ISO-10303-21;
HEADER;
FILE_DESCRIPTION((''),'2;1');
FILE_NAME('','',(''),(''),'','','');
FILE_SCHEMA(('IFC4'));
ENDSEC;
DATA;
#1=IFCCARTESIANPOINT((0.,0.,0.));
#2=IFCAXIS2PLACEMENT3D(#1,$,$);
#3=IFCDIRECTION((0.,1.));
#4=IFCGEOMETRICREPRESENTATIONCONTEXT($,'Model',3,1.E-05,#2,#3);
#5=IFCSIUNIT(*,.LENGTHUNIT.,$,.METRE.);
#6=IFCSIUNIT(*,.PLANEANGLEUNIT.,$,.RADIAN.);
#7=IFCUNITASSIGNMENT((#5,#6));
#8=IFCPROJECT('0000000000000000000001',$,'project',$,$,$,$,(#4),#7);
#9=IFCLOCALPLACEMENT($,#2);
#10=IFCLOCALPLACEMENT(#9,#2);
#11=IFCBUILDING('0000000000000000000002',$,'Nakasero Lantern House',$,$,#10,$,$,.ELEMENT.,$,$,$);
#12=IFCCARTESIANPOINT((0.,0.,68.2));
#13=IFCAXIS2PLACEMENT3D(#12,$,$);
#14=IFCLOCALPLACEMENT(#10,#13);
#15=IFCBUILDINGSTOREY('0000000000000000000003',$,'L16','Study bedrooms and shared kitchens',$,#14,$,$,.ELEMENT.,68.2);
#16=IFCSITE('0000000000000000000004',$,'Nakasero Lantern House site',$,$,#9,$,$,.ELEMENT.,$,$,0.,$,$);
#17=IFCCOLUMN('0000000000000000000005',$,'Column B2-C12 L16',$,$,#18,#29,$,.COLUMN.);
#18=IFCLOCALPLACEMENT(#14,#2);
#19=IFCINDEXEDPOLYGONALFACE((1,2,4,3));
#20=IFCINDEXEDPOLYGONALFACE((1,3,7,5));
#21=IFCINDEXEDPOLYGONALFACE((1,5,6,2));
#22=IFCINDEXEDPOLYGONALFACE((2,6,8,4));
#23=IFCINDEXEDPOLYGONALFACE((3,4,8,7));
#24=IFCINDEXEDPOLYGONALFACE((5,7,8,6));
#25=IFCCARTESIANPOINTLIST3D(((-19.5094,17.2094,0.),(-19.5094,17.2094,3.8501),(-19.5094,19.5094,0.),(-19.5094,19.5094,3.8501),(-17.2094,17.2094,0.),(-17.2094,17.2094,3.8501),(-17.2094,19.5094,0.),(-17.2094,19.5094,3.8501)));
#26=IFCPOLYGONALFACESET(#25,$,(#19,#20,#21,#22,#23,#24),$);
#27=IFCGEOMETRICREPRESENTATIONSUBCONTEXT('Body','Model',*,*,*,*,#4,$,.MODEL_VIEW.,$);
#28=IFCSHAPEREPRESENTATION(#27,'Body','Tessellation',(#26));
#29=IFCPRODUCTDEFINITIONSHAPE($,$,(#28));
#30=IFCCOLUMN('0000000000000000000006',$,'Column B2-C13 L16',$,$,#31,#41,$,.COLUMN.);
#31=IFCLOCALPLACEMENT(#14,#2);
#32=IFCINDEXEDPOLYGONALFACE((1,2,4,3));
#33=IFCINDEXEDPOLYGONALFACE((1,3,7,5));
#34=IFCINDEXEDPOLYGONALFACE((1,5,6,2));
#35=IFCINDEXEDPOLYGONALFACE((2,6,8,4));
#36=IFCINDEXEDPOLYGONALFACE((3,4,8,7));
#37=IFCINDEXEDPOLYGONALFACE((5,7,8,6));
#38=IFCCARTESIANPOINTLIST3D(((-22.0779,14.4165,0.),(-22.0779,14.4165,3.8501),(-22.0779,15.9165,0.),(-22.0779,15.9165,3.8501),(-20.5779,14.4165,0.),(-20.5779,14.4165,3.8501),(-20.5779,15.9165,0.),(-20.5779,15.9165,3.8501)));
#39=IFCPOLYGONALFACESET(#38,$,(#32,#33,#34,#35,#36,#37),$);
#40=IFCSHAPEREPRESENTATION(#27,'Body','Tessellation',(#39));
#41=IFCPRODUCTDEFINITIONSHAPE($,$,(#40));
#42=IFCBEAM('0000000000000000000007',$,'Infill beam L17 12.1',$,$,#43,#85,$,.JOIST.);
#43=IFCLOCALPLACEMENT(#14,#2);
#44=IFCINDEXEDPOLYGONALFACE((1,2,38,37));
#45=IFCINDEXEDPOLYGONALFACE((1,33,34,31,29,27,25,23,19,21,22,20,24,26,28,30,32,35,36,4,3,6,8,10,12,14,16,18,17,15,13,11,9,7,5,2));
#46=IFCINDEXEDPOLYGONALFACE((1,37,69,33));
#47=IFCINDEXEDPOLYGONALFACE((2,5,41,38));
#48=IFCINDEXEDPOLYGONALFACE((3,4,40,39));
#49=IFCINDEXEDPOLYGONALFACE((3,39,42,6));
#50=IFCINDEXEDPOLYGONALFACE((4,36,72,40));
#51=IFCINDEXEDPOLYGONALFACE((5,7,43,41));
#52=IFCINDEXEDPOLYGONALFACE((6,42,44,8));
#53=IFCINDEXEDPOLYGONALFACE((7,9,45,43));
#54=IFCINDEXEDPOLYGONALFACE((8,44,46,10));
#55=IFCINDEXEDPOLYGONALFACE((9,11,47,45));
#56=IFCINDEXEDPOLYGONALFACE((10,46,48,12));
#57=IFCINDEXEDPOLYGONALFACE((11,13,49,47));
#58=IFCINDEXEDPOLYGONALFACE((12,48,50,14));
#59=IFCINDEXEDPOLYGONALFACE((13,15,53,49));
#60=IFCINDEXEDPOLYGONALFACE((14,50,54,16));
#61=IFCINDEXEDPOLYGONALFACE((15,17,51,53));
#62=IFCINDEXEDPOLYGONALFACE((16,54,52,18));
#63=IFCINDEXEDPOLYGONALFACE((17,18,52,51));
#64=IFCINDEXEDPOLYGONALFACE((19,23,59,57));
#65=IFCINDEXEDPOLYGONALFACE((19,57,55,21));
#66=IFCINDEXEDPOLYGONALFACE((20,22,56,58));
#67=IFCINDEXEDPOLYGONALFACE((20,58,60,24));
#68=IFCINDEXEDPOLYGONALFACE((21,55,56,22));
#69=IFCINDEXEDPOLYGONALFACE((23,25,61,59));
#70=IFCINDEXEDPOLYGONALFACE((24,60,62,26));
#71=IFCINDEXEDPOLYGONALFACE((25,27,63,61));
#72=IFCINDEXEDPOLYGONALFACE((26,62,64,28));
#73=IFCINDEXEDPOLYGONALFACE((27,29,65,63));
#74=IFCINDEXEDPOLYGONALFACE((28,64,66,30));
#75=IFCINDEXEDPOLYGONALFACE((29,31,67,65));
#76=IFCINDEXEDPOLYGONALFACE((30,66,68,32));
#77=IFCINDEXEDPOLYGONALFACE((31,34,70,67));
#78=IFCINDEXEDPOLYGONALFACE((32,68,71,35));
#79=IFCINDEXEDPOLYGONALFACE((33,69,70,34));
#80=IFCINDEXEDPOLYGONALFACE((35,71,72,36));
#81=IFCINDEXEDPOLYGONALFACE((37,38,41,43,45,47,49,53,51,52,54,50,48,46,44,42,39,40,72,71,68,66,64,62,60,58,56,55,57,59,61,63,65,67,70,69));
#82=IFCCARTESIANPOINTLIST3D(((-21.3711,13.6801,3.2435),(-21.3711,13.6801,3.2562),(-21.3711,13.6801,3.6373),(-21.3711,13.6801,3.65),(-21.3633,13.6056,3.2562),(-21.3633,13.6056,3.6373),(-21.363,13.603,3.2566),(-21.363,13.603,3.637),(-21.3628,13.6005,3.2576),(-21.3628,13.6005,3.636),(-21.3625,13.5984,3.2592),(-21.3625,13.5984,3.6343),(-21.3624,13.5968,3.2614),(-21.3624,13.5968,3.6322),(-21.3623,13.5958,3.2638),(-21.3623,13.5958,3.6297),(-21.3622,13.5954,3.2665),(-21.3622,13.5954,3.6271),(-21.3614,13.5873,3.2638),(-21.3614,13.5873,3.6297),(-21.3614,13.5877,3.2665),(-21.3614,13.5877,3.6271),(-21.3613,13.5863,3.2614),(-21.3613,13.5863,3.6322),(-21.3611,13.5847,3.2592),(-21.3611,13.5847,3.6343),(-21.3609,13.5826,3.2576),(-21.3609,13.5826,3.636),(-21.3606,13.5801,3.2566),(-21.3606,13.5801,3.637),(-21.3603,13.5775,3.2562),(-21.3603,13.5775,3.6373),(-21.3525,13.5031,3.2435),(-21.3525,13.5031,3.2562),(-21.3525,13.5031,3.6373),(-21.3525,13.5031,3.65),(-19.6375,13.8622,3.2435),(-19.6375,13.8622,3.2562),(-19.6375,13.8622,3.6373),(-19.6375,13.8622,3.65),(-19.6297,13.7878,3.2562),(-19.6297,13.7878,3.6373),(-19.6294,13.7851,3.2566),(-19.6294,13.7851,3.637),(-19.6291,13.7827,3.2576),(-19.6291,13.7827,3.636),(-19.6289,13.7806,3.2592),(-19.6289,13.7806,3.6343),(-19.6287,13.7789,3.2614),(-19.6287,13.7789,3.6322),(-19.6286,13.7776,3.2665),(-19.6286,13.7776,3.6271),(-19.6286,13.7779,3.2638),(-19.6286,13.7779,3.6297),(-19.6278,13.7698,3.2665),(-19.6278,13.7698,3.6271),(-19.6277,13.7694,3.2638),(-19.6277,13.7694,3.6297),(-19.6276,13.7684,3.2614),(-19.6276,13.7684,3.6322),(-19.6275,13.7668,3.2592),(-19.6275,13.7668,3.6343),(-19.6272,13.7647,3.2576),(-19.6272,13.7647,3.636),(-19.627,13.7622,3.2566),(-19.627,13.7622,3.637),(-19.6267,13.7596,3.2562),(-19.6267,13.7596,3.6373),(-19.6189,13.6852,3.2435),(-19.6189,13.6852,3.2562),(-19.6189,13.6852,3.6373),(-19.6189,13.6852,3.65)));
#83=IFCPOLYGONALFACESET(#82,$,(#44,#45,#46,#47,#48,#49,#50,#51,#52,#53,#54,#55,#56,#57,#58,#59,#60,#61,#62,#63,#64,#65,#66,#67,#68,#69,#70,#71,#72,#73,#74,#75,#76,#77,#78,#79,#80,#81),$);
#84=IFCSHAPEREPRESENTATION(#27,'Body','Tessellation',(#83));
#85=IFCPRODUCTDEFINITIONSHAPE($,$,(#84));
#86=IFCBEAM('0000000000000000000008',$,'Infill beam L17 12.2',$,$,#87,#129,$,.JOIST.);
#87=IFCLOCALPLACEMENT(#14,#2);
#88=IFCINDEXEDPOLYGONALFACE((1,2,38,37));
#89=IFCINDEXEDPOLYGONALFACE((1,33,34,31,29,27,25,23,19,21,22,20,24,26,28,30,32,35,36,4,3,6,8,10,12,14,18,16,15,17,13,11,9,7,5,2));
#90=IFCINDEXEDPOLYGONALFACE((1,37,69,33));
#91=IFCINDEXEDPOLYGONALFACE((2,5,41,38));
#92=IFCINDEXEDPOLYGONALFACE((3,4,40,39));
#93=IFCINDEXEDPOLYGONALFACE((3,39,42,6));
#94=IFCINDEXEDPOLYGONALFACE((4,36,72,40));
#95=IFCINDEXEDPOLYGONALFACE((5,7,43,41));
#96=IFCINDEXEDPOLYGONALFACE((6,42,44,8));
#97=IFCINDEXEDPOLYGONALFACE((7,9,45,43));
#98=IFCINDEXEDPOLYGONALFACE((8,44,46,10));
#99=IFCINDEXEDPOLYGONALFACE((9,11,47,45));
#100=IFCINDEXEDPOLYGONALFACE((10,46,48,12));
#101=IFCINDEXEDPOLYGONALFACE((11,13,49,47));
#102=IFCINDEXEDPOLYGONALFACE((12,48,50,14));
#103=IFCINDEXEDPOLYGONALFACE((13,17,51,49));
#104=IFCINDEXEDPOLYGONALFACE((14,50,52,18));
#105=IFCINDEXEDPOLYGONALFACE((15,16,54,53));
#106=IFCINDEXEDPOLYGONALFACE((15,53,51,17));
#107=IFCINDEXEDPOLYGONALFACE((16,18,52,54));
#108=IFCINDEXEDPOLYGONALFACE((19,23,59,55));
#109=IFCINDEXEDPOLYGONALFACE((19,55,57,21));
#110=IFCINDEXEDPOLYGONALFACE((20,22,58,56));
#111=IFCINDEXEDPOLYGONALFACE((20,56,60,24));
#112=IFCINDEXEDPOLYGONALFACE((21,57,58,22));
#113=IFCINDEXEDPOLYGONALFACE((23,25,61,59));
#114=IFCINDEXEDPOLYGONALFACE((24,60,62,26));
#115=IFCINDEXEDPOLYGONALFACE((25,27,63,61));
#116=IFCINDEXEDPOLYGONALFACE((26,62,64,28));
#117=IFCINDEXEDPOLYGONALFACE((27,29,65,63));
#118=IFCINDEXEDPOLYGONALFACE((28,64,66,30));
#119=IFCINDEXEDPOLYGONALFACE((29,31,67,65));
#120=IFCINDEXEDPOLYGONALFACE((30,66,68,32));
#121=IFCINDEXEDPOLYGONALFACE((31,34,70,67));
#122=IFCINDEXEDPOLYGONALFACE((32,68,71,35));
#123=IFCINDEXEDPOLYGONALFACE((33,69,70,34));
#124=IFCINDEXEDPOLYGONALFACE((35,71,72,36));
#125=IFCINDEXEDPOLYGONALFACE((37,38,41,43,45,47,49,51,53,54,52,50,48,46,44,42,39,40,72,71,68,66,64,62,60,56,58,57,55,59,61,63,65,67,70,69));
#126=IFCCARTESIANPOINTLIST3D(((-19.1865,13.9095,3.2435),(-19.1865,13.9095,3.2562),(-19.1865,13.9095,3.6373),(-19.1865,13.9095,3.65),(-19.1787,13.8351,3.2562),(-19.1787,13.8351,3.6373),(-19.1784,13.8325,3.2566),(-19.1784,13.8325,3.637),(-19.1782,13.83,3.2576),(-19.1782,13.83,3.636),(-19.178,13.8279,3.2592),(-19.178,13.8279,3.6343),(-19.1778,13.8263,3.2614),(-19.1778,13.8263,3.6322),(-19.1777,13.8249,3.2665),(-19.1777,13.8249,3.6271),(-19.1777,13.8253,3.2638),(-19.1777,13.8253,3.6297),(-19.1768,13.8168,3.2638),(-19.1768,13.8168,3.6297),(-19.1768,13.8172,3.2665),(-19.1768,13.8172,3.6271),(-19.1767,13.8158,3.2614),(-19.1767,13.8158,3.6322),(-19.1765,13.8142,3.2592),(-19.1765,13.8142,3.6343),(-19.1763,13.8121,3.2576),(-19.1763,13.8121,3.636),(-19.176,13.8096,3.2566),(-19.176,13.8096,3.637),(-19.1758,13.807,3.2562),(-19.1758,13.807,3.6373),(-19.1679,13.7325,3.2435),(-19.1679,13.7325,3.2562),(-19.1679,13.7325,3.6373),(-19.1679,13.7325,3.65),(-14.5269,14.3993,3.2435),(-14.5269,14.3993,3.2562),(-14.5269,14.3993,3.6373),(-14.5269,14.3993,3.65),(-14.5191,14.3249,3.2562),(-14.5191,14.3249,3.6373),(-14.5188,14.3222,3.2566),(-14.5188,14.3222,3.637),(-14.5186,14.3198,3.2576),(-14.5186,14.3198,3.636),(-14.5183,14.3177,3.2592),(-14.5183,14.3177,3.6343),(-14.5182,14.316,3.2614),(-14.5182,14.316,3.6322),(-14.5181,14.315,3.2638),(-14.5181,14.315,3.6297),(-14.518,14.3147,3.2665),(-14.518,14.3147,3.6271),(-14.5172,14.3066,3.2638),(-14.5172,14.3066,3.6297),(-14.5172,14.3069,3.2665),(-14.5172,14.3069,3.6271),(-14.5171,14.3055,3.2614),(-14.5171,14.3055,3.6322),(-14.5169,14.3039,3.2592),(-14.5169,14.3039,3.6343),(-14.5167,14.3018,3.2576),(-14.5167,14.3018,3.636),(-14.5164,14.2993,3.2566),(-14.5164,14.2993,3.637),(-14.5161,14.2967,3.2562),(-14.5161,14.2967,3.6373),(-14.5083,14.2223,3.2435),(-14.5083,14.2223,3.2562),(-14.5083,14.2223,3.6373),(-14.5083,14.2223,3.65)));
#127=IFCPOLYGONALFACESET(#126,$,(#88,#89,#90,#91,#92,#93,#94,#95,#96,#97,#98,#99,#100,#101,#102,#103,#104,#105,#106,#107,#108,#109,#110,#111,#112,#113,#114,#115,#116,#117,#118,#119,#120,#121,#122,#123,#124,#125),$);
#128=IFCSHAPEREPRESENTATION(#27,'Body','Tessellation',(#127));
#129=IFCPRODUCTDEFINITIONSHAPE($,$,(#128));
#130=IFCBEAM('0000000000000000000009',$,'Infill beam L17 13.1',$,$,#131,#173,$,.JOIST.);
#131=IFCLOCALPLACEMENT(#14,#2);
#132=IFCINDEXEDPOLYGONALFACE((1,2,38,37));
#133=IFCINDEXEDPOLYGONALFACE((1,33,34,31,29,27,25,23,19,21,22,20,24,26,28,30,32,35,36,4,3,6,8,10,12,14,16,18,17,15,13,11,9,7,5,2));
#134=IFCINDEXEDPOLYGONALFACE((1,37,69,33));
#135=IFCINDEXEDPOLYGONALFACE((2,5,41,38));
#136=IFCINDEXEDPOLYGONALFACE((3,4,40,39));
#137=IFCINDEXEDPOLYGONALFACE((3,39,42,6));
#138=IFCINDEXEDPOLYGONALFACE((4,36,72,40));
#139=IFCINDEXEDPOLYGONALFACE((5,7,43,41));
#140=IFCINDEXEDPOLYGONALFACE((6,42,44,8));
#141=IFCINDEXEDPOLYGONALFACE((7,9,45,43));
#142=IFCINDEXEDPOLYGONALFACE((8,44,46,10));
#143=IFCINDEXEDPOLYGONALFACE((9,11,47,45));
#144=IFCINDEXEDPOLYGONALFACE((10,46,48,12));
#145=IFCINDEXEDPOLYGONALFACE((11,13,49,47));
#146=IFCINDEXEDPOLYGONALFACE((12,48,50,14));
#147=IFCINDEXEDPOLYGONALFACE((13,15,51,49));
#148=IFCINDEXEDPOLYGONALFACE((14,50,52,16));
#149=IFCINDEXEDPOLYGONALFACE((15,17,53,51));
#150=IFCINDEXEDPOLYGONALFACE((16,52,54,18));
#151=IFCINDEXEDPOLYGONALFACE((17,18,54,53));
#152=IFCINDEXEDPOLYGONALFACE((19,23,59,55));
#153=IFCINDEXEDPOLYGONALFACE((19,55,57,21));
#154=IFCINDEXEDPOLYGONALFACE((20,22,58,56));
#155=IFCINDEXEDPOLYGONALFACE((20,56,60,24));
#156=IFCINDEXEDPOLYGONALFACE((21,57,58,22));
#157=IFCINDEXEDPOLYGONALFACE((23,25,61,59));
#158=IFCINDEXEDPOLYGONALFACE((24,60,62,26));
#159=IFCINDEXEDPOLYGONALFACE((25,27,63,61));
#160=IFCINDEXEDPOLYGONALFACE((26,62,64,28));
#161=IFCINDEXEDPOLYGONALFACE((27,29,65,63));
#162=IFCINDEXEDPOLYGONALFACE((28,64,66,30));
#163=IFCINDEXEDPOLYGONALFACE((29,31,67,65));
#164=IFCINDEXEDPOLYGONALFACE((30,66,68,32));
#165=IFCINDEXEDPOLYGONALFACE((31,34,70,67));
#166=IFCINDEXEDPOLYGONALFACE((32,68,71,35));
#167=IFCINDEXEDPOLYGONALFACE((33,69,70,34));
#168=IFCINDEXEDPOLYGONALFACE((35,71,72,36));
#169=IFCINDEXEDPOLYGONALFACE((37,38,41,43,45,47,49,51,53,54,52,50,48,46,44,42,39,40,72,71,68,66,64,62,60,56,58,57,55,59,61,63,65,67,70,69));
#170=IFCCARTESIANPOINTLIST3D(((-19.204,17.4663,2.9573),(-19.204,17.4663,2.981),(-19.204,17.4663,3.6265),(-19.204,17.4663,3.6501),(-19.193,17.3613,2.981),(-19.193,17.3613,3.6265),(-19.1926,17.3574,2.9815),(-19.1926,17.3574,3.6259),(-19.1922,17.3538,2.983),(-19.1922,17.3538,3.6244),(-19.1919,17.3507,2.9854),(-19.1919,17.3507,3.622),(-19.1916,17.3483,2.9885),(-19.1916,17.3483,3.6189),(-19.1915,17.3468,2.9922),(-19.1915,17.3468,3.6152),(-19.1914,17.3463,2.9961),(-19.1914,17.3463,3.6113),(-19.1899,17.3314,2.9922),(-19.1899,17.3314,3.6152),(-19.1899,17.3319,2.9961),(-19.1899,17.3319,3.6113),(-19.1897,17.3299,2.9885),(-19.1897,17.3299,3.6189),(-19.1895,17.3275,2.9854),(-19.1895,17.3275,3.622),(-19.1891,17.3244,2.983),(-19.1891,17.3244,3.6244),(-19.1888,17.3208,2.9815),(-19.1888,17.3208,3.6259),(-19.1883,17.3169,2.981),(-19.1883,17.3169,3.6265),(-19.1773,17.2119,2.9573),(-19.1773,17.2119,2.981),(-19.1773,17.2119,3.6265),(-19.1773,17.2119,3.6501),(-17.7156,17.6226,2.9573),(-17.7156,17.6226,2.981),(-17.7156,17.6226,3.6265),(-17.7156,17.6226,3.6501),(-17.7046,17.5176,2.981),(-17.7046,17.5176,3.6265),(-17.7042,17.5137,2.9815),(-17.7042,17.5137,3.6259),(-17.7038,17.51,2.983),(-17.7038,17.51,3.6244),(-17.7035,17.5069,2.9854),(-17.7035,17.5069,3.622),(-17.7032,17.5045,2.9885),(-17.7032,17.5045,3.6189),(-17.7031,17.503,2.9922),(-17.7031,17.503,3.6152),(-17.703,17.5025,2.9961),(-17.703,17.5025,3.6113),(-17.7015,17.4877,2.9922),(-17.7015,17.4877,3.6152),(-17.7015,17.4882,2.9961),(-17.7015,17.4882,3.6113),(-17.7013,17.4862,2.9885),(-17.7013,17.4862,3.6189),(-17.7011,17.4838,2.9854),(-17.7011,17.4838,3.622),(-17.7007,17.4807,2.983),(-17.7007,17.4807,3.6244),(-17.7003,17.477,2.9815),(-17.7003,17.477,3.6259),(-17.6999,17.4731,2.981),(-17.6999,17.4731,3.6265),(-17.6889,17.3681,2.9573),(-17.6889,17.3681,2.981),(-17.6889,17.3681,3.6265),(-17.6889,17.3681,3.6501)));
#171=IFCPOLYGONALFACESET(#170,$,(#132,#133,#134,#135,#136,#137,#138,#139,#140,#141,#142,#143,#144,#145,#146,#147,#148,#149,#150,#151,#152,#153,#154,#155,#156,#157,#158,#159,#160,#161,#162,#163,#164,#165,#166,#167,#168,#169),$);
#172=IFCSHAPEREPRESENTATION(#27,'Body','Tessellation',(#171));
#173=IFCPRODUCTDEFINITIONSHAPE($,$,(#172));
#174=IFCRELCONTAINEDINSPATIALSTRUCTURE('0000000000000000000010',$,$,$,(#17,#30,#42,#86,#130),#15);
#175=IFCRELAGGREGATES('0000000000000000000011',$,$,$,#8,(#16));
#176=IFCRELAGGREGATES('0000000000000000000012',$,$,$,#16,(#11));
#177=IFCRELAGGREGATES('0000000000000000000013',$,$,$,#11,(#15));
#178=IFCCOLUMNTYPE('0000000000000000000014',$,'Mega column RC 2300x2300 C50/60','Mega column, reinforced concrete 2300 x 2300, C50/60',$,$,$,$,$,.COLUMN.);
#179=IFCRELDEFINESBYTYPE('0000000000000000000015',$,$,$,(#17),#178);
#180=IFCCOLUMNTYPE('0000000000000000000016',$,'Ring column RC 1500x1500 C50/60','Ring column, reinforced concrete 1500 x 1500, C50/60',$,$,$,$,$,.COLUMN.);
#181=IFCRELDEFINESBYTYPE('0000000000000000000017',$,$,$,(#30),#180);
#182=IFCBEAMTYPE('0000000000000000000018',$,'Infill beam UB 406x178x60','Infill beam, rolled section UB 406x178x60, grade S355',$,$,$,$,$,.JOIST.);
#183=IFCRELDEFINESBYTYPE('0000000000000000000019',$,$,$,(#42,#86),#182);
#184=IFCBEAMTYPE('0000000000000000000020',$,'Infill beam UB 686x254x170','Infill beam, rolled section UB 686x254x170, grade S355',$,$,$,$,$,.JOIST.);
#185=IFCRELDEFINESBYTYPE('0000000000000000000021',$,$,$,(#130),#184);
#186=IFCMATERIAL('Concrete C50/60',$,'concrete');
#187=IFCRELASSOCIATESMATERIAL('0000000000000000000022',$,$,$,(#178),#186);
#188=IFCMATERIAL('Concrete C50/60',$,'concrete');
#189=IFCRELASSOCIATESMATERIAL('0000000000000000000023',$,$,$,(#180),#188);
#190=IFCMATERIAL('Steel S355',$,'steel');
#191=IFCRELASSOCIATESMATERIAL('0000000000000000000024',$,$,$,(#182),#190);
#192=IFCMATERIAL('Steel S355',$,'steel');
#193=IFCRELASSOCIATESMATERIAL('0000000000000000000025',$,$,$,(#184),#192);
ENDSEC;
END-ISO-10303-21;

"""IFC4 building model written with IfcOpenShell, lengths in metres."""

from ifc_helpers import new_model, si_unit, direction, frame, origin, origin_2d, place, context, subcontext, project, spatial, rectangle, i_section, extrude, material, material_profile, profile_set, type_object, element, save


model = new_model("IFC4")

# Units and contexts
model_context = context("Model", 3, precision=1e-05, world=origin(), true_north=direction((0.0, 1.0)))
body_context = subcontext(model_context, "Body", "Model", "MODEL_VIEW")
ifc_project = project(units=[si_unit("LENGTHUNIT", "METRE"), si_unit("PLANEANGLEUNIT", "RADIAN")], contexts=[model_context])

# Site, building, storey
site_placement = place(None, origin())
site = spatial("IfcSite", under=ifc_project, at=site_placement, Name="Nakasero Lantern House site", CompositionType="ELEMENT", RefElevation=0.0)
building_placement = place(site_placement, origin())
building = spatial("IfcBuilding", under=site, at=building_placement, Name="Nakasero Lantern House", CompositionType="ELEMENT")
storey_placement = place(building_placement, frame((0.0, 0.0, 68.2)))
storey = spatial("IfcBuildingStorey", under=building, at=storey_placement, Name="L16", Description="Study bedrooms and shared kitchens", CompositionType="ELEMENT", Elevation=68.2)

# Columns
ifc_material_1 = material(Name="Concrete C50/60", Category="concrete")
ifc_material_profile_1 = material_profile(ifc_material_1, rectangle(XDim=2.3, YDim=2.3, at=origin_2d()), Name="RC 2300x2300")
ifc_profile_set_1 = profile_set([ifc_material_profile_1], Name="Concrete C50/60")
column_type_1 = type_object("IfcColumnType", Name="Mega column RC 2300x2300 C50/60", Description="Mega column, reinforced concrete 2300 x 2300, C50/60", PredefinedType="COLUMN", material=ifc_profile_set_1)
column_1_placement = place(storey_placement, frame((-18.3594, 18.3594, 0.0), z_axis=(0.0, 0.0, 1.0), x_axis=(1.0, 0.0, 0.0)))
element("IfcColumn", 1, at=column_1_placement, inside=storey, type_object=column_type_1, Name="Column B2-C12 L16", PredefinedType="COLUMN", context=body_context, shape_type="SweptSolid", body=[
    extrude(rectangle(XDim=2.3, YDim=2.3, at=origin_2d()), origin(), (0.0, 0.0, 1.0), 3.8501),
])
ifc_material_2 = material(Name="Concrete C50/60", Category="concrete")
ifc_material_profile_2 = material_profile(ifc_material_2, rectangle(XDim=1.5, YDim=1.5, at=origin_2d()), Name="RC 1500x1500")
ifc_profile_set_2 = profile_set([ifc_material_profile_2], Name="Concrete C50/60")
column_type_2 = type_object("IfcColumnType", Name="Ring column RC 1500x1500 C50/60", Description="Ring column, reinforced concrete 1500 x 1500, C50/60", PredefinedType="COLUMN", material=ifc_profile_set_2)
column_2_placement = place(storey_placement, frame((-21.3279, 15.1665, 0.0), z_axis=(0.0, 0.0, 1.0), x_axis=(1.0, 0.0, 0.0)))
element("IfcColumn", 2, at=column_2_placement, inside=storey, type_object=column_type_2, Name="Column B2-C13 L16", PredefinedType="COLUMN", context=body_context, shape_type="SweptSolid", body=[
    extrude(rectangle(XDim=1.5, YDim=1.5, at=origin_2d()), origin(), (0.0, 0.0, 1.0), 3.8501),
])

# Beams
ifc_material_3 = material(Name="Steel S355", Category="steel")
ifc_material_profile_3 = material_profile(ifc_material_3, i_section(OverallWidth=0.178, OverallDepth=0.4065, WebThickness=0.0078, FlangeThickness=0.0127, FilletRadius=0.0103, at=origin_2d()), Name="UB 406x178x60")
ifc_profile_set_3 = profile_set([ifc_material_profile_3], Name="Steel S355")
beam_type_1 = type_object("IfcBeamType", Name="Infill beam UB 406x178x60", Description="Infill beam, rolled section UB 406x178x60, grade S355", PredefinedType="JOIST", material=ifc_profile_set_3)
beam_1_placement = place(storey_placement, frame((-21.3618, 13.5916, 3.4468), z_axis=(0.994527, 0.104481, 0.0), x_axis=(-0.104481, 0.994527, 0.0)))
element("IfcBeam", 3, at=beam_1_placement, inside=storey, type_object=beam_type_1, Name="Infill beam L17 12.1", PredefinedType="JOIST", context=body_context, shape_type="SweptSolid", body=[
    extrude(i_section(OverallWidth=0.178, OverallDepth=0.4065, WebThickness=0.0078, FlangeThickness=0.0127, FilletRadius=0.0103, at=origin_2d()), origin(), (0.0, 0.0, 1.0), 1.7432),
])
beam_2_placement = place(storey_placement, frame((-19.1772, 13.821, 3.4468), z_axis=(0.994522, 0.104527, 0.0), x_axis=(-0.104527, 0.994522, 0.0)))
element("IfcBeam", 4, at=beam_2_placement, inside=storey, type_object=beam_type_1, Name="Infill beam L17 12.2", PredefinedType="JOIST", context=body_context, shape_type="SweptSolid", body=[
    extrude(i_section(OverallWidth=0.178, OverallDepth=0.4065, WebThickness=0.0078, FlangeThickness=0.0127, FilletRadius=0.0103, at=origin_2d()), origin(), (0.0, 0.0, 1.0), 4.6853),
])
ifc_material_4 = material(Name="Steel S355", Category="steel")
ifc_material_profile_4 = material_profile(ifc_material_4, i_section(OverallWidth=0.2559, OverallDepth=0.6929, WebThickness=0.0144, FlangeThickness=0.0237, FilletRadius=0.0151, at=origin_2d()), Name="UB 686x254x170")
ifc_profile_set_4 = profile_set([ifc_material_profile_4], Name="Steel S355")
beam_type_2 = type_object("IfcBeamType", Name="Infill beam UB 686x254x170", Description="Infill beam, rolled section UB 686x254x170, grade S355", PredefinedType="JOIST", material=ifc_profile_set_4)
beam_3_placement = place(storey_placement, frame((-19.1907, 17.3391, 3.3037), z_axis=(0.994536, 0.104396, 0.0), x_axis=(-0.104396, 0.994536, 0.0)))
element("IfcBeam", 5, at=beam_3_placement, inside=storey, type_object=beam_type_2, Name="Infill beam L17 13.1", PredefinedType="JOIST", context=body_context, shape_type="SweptSolid", body=[
    extrude(i_section(OverallWidth=0.2559, OverallDepth=0.6929, WebThickness=0.0144, FlangeThickness=0.0237, FilletRadius=0.0151, at=origin_2d()), origin(), (0.0, 0.0, 1.0), 1.4966),
])

save(model, "model.ifc")
